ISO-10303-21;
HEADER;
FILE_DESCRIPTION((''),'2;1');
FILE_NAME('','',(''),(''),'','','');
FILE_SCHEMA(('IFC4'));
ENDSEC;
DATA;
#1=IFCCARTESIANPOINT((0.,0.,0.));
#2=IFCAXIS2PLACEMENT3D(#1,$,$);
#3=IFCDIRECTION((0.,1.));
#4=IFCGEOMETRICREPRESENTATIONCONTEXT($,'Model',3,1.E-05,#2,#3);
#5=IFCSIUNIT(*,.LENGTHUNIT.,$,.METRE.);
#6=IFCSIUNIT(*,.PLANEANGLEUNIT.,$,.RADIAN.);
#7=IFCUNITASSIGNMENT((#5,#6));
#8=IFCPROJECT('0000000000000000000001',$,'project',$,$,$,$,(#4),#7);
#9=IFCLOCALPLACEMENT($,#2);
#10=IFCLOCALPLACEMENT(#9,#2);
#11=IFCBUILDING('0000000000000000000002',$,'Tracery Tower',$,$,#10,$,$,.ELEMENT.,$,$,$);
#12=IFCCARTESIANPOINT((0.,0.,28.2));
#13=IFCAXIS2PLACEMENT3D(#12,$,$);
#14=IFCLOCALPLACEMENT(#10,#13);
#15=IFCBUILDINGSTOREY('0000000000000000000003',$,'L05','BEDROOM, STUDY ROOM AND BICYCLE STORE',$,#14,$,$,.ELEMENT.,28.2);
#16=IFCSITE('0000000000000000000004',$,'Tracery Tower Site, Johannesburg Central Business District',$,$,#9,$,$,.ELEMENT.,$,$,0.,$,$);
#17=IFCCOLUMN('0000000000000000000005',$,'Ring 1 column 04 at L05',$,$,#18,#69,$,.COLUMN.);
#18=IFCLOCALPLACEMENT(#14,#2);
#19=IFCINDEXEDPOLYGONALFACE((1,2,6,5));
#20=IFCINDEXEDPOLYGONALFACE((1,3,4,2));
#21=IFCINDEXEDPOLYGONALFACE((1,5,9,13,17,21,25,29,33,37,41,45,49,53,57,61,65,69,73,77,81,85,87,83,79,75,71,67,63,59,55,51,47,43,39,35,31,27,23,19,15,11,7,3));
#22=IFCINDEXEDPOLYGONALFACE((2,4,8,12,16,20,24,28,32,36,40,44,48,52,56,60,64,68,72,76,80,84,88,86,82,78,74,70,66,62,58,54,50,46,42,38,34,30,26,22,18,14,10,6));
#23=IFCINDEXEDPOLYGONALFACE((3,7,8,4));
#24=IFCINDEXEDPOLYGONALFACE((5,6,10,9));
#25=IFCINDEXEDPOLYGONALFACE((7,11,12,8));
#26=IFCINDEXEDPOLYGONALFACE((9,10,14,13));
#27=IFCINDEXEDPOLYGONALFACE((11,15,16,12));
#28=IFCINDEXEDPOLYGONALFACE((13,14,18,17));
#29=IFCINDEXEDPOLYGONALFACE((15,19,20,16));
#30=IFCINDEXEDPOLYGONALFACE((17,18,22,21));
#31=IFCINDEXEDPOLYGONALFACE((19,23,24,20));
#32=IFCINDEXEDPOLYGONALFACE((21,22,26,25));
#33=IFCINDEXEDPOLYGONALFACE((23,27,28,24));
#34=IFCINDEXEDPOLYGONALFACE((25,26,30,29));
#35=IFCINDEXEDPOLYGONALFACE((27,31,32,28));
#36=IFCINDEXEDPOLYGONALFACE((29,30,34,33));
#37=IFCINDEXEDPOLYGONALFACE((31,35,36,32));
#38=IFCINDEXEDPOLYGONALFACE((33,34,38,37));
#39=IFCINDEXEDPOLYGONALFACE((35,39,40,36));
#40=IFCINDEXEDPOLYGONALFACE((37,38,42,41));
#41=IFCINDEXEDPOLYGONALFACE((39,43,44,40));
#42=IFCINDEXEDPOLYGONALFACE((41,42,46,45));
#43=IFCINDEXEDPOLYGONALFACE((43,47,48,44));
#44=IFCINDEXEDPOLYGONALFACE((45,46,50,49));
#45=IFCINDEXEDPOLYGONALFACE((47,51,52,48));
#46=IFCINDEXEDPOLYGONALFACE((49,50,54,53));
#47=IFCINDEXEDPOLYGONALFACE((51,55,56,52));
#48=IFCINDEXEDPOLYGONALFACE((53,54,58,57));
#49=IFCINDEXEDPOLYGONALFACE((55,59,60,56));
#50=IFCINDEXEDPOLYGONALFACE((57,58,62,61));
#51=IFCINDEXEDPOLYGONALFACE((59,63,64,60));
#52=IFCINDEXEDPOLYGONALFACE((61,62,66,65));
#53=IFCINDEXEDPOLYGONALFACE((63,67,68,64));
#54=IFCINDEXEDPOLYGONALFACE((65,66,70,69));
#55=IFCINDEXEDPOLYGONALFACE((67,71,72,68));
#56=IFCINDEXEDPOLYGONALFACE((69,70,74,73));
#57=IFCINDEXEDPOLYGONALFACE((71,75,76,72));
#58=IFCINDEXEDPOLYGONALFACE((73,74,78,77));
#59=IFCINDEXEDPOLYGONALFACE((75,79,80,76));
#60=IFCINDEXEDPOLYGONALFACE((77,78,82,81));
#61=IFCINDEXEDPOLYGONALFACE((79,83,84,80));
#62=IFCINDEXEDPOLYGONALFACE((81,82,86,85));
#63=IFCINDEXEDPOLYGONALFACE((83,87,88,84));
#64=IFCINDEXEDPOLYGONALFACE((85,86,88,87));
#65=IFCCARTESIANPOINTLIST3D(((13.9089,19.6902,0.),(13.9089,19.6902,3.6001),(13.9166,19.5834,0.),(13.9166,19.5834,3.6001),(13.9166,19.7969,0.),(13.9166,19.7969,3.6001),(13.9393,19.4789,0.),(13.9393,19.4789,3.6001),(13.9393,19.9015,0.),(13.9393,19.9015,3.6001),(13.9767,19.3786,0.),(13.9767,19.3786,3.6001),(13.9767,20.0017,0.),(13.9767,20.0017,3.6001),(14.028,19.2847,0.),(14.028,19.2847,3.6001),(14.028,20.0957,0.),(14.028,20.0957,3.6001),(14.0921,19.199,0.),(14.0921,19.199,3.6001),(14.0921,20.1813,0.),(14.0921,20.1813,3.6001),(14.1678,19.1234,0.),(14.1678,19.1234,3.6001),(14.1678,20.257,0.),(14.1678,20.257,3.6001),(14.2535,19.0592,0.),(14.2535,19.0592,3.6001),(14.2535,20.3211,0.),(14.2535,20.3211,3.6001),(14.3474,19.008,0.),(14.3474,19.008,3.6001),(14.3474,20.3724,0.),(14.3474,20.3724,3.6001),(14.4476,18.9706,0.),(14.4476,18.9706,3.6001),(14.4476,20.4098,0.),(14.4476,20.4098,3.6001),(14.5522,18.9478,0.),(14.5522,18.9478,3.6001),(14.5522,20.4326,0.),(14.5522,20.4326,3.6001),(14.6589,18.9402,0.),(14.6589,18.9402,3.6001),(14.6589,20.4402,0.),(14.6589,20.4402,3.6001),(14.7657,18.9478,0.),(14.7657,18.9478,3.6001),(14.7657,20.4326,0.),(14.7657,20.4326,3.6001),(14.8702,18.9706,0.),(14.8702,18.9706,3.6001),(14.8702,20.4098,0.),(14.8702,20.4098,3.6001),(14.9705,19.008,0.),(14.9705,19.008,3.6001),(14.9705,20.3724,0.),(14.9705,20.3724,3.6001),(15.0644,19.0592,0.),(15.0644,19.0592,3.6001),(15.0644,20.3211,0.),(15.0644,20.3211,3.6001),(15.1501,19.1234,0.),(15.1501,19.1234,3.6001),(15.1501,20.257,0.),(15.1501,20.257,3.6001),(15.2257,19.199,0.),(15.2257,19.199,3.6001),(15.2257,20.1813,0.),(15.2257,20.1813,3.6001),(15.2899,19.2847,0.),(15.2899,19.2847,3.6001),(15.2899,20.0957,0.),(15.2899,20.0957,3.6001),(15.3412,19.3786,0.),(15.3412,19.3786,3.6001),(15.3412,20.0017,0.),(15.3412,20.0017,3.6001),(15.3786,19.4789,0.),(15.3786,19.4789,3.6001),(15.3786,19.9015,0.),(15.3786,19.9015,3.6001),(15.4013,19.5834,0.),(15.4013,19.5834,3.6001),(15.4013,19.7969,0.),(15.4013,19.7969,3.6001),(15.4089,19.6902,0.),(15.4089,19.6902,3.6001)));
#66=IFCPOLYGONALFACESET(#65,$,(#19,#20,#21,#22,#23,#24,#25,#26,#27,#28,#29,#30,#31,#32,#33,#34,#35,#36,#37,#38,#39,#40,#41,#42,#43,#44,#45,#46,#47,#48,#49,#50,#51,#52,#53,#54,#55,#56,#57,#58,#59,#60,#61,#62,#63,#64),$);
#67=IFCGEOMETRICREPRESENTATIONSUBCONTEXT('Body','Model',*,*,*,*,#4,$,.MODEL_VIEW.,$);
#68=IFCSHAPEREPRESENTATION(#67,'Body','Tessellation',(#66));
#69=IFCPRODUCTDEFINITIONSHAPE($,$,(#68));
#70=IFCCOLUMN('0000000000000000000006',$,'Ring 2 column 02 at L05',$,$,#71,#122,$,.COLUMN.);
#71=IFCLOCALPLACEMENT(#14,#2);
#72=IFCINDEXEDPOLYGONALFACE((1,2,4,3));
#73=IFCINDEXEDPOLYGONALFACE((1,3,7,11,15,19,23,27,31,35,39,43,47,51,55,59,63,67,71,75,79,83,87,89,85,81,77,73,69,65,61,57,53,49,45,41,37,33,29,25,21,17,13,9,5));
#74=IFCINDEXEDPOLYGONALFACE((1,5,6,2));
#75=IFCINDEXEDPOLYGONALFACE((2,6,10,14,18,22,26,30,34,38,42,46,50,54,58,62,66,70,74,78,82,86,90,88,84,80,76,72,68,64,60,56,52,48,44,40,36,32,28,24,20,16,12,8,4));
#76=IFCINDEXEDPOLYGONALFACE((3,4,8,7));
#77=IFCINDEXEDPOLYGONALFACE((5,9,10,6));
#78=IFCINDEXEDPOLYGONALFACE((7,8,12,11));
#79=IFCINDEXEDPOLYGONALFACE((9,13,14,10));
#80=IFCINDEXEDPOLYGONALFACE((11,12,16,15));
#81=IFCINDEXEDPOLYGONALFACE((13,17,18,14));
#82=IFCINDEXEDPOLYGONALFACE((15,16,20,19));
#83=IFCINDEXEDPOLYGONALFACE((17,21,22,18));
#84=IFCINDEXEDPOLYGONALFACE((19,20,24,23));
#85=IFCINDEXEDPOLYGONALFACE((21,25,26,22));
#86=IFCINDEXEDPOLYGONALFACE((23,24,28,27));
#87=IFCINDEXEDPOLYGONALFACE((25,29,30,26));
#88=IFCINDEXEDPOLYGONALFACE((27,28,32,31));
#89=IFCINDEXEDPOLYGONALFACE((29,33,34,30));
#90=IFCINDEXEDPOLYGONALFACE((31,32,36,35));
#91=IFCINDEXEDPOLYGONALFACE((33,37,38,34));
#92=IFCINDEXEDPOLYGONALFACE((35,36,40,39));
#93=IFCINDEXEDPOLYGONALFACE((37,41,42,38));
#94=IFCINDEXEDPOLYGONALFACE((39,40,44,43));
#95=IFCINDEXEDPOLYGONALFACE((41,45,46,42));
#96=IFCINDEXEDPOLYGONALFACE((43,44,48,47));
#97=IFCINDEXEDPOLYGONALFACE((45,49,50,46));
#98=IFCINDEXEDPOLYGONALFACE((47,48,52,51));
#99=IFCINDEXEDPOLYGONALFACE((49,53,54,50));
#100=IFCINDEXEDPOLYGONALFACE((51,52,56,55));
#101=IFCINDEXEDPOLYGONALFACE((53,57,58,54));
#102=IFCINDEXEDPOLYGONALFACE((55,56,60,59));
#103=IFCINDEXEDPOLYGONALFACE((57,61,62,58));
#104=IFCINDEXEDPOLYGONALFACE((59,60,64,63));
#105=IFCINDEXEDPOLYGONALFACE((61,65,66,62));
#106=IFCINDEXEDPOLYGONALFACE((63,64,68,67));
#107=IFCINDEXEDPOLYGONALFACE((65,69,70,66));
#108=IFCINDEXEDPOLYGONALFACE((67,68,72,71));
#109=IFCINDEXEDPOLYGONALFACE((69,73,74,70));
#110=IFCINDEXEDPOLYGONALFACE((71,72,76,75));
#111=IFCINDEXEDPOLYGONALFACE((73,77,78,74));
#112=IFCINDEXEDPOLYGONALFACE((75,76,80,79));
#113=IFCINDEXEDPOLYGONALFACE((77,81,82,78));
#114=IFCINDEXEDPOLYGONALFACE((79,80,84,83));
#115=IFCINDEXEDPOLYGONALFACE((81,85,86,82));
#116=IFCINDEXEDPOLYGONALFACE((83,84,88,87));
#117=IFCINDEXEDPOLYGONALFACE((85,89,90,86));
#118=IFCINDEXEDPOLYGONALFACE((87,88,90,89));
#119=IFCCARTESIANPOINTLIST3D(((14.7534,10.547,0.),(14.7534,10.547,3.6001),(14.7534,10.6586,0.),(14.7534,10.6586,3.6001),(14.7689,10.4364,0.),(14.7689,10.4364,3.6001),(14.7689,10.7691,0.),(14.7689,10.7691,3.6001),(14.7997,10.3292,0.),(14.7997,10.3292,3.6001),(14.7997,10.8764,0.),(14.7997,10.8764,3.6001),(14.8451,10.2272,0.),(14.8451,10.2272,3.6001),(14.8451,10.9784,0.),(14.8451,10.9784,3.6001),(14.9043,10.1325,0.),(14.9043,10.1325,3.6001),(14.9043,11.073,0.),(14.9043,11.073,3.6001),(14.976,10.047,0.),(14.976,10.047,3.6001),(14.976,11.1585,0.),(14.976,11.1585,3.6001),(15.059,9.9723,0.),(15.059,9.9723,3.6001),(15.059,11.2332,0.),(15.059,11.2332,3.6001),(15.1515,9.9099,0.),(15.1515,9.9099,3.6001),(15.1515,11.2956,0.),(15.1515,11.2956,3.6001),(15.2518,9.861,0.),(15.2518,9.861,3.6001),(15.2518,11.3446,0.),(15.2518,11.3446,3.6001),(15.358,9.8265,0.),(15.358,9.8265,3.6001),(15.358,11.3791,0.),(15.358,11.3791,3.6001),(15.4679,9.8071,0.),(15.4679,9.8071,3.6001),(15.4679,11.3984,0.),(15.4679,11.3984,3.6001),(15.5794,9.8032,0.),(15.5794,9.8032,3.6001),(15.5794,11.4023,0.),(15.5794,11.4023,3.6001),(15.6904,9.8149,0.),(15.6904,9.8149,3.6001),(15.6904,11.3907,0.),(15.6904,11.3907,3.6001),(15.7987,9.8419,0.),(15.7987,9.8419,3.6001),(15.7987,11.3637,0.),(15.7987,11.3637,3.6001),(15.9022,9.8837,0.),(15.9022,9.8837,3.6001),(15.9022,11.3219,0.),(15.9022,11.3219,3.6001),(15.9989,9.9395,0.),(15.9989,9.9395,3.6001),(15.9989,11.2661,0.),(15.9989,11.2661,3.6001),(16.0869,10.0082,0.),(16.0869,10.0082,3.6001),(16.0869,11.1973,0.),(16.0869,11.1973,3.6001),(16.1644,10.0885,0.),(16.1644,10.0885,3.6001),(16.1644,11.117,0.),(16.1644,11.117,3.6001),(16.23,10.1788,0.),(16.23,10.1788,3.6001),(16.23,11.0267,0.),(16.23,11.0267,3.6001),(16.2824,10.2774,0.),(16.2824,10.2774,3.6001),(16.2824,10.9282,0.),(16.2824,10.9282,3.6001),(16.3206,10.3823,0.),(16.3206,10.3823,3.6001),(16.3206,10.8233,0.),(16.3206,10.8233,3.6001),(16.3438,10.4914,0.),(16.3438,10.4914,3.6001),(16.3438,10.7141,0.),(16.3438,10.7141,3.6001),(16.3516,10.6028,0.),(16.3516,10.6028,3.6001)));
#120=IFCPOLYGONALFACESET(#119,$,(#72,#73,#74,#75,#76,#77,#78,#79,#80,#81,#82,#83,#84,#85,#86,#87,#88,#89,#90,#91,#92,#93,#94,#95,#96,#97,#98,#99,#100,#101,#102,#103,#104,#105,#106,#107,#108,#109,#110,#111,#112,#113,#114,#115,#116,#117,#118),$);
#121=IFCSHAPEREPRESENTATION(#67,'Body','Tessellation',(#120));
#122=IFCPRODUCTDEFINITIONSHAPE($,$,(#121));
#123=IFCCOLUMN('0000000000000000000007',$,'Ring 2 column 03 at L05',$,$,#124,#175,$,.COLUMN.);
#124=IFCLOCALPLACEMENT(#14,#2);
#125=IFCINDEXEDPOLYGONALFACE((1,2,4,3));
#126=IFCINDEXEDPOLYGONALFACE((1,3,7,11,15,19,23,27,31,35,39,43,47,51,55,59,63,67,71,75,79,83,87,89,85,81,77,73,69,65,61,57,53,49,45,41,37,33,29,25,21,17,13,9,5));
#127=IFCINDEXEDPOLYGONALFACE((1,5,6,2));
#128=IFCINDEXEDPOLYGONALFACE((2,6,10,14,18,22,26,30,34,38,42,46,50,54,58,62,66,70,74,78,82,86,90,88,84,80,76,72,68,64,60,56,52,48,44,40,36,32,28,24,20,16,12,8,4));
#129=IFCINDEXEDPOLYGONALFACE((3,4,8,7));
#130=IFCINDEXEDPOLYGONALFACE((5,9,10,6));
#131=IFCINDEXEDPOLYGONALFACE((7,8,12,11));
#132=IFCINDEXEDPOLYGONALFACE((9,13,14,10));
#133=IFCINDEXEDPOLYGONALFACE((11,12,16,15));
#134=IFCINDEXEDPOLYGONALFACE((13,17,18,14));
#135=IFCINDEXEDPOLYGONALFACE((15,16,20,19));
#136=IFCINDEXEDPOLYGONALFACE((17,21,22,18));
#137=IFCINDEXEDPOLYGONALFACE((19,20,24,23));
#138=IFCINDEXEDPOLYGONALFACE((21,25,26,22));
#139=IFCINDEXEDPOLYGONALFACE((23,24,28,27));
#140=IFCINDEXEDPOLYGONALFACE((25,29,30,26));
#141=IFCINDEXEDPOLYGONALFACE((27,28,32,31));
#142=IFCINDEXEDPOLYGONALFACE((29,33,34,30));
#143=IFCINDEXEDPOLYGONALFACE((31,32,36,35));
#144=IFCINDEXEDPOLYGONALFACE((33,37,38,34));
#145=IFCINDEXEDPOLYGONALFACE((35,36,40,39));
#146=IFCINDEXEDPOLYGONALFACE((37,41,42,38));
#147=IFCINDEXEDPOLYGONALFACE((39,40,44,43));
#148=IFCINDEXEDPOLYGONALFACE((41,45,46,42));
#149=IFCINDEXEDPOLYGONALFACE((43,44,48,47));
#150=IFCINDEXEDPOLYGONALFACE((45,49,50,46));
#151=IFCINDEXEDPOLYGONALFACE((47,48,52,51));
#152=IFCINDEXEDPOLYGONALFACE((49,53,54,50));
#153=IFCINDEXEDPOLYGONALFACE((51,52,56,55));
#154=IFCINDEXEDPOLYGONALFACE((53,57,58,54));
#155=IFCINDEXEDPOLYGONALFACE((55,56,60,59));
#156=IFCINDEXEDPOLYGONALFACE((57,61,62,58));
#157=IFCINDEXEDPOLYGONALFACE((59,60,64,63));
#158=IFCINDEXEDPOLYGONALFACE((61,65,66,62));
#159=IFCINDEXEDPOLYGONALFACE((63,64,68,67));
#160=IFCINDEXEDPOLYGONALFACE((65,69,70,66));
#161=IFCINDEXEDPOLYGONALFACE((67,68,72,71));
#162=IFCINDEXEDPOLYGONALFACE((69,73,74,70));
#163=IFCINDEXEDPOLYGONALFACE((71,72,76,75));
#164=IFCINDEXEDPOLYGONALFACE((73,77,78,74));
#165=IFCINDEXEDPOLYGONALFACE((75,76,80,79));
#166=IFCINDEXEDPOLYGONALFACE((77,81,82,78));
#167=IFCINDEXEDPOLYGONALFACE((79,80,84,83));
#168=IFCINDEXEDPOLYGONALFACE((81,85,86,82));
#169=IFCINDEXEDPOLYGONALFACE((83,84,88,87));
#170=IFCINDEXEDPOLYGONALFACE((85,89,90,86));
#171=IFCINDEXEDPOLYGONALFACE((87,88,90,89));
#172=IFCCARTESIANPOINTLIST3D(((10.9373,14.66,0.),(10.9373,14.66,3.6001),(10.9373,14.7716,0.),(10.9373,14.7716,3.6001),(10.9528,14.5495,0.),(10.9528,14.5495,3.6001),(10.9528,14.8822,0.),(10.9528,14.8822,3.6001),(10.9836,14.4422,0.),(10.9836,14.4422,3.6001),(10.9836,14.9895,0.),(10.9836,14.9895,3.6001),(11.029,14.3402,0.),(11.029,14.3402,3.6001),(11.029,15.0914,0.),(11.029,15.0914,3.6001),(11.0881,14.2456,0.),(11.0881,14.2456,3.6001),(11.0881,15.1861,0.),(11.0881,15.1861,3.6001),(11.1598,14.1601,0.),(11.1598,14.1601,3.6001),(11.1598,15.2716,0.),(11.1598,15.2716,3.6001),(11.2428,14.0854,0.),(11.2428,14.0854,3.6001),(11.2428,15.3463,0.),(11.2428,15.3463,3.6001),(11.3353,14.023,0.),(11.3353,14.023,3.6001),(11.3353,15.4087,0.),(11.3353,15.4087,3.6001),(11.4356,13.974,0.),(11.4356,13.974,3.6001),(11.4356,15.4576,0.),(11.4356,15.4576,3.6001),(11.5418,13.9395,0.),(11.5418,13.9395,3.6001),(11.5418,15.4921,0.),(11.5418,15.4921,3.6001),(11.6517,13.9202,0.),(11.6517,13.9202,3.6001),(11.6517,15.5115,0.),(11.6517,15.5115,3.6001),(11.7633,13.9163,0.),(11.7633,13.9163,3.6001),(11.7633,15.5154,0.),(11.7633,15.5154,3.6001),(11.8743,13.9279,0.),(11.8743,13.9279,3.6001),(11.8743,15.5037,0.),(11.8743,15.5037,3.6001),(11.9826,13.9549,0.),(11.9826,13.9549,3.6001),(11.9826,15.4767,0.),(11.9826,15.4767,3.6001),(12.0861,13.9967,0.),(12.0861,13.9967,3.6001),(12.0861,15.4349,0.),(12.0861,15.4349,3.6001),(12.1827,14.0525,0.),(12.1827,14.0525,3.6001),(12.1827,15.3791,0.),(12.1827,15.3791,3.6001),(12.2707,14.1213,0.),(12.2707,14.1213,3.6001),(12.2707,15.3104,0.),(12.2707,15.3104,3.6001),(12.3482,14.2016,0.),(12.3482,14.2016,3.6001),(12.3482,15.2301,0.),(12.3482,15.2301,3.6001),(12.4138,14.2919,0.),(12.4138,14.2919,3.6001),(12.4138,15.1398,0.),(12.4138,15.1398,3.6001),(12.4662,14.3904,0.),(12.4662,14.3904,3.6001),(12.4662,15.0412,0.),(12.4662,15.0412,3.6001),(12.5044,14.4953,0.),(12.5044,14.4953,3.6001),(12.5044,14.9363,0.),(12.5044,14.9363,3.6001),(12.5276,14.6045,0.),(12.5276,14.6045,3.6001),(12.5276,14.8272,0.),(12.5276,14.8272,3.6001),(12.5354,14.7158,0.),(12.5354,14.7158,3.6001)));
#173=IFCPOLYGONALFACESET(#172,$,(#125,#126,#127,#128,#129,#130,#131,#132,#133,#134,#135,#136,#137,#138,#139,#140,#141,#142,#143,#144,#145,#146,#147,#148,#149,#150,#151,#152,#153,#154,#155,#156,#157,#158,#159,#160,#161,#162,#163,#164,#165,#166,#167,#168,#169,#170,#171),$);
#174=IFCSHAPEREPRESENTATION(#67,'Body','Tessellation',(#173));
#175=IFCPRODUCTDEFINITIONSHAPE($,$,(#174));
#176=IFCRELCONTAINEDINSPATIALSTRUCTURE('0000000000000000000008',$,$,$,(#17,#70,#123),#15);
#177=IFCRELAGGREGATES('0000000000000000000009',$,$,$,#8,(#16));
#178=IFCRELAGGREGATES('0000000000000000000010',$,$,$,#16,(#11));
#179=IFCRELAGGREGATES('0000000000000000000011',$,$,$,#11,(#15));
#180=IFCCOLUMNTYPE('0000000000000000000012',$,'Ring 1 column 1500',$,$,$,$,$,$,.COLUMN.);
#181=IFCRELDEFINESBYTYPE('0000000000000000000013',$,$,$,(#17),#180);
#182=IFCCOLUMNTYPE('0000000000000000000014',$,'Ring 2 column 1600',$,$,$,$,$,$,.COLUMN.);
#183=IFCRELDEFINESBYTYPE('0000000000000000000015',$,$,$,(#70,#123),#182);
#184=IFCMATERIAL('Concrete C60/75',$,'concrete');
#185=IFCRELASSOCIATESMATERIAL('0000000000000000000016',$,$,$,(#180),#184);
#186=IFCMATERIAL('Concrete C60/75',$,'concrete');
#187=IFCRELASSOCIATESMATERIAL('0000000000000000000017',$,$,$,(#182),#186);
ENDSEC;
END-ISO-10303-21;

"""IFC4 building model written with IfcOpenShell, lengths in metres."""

from ifc_helpers import new_model, si_unit, direction, frame, origin, origin_2d, place, context, subcontext, project, spatial, circle, extrude, material, material_profile, profile_set, type_object, element, save


model = new_model("IFC4")

# Units and contexts
model_context = context("Model", 3, precision=1e-05, world=origin(), true_north=direction((0.0, 1.0)))
body_context = subcontext(model_context, "Body", "Model", "MODEL_VIEW")
ifc_project = project(units=[si_unit("LENGTHUNIT", "METRE"), si_unit("PLANEANGLEUNIT", "RADIAN")], contexts=[model_context])

# Site, building, storey
site_placement = place(None, origin())
site = spatial("IfcSite", under=ifc_project, at=site_placement, Name="Tracery Tower Site, Johannesburg Central Business District", CompositionType="ELEMENT", RefElevation=0.0)
building_placement = place(site_placement, origin())
building = spatial("IfcBuilding", under=site, at=building_placement, Name="Tracery Tower", CompositionType="ELEMENT")
storey_placement = place(building_placement, frame((0.0, 0.0, 28.2)))
storey = spatial("IfcBuildingStorey", under=building, at=storey_placement, Name="L05", Description="BEDROOM, STUDY ROOM AND BICYCLE STORE", CompositionType="ELEMENT", Elevation=28.2)

# Columns
ifc_material_1 = material(Name="Concrete C60/75", Category="concrete")
ifc_material_profile_1 = material_profile(ifc_material_1, circle(Radius=0.75, at=origin_2d()), Name="RC D1500")
ifc_profile_set_1 = profile_set([ifc_material_profile_1], Name="Concrete C60/75")
column_type_1 = type_object("IfcColumnType", Name="Ring 1 column 1500", PredefinedType="COLUMN", material=ifc_profile_set_1)
column_placement = place(storey_placement, frame((14.6589, 19.6902, 0.0), z_axis=(0.0, 0.0, 1.0), x_axis=(1.0, 0.0, 0.0)))
element("IfcColumn", 1, at=column_placement, inside=storey, type_object=column_type_1, Name="Ring 1 column 04 at L05", PredefinedType="COLUMN", context=body_context, shape_type="SweptSolid", body=[
    extrude(circle(Radius=0.75, at=origin_2d()), origin(), (0.0, 0.0, 1.0), 3.6001),
])
ifc_material_2 = material(Name="Concrete C60/75", Category="concrete")
ifc_material_profile_2 = material_profile(ifc_material_2, circle(Radius=0.8, at=origin_2d()), Name="RC D1600")
ifc_profile_set_2 = profile_set([ifc_material_profile_2], Name="Concrete C60/75")
column_type_2 = type_object("IfcColumnType", Name="Ring 2 column 1600", PredefinedType="COLUMN", material=ifc_profile_set_2)
for number, where, z_axis, x_axis, name in (
    (2, (15.5515, 10.6028, 0.0), (0.0, 0.0, 1.0), (1.0, 0.0, 0.0), "Ring 2 column 02 at L05"),
    (3, (11.7354, 14.7158, 0.0), (0.0, 0.0, 1.0), (1.0, 0.0, 0.0), "Ring 2 column 03 at L05"),
):
    element("IfcColumn", number, at=place(storey_placement, frame(where, z_axis=z_axis, x_axis=x_axis)), inside=storey, type_object=column_type_2, Name=name, PredefinedType="COLUMN", context=body_context, shape_type="SweptSolid", body=[
        extrude(circle(Radius=0.8, at=origin_2d()), origin(), (0.0, 0.0, 1.0), 3.6001),
    ])

save(model, "model.ifc")
